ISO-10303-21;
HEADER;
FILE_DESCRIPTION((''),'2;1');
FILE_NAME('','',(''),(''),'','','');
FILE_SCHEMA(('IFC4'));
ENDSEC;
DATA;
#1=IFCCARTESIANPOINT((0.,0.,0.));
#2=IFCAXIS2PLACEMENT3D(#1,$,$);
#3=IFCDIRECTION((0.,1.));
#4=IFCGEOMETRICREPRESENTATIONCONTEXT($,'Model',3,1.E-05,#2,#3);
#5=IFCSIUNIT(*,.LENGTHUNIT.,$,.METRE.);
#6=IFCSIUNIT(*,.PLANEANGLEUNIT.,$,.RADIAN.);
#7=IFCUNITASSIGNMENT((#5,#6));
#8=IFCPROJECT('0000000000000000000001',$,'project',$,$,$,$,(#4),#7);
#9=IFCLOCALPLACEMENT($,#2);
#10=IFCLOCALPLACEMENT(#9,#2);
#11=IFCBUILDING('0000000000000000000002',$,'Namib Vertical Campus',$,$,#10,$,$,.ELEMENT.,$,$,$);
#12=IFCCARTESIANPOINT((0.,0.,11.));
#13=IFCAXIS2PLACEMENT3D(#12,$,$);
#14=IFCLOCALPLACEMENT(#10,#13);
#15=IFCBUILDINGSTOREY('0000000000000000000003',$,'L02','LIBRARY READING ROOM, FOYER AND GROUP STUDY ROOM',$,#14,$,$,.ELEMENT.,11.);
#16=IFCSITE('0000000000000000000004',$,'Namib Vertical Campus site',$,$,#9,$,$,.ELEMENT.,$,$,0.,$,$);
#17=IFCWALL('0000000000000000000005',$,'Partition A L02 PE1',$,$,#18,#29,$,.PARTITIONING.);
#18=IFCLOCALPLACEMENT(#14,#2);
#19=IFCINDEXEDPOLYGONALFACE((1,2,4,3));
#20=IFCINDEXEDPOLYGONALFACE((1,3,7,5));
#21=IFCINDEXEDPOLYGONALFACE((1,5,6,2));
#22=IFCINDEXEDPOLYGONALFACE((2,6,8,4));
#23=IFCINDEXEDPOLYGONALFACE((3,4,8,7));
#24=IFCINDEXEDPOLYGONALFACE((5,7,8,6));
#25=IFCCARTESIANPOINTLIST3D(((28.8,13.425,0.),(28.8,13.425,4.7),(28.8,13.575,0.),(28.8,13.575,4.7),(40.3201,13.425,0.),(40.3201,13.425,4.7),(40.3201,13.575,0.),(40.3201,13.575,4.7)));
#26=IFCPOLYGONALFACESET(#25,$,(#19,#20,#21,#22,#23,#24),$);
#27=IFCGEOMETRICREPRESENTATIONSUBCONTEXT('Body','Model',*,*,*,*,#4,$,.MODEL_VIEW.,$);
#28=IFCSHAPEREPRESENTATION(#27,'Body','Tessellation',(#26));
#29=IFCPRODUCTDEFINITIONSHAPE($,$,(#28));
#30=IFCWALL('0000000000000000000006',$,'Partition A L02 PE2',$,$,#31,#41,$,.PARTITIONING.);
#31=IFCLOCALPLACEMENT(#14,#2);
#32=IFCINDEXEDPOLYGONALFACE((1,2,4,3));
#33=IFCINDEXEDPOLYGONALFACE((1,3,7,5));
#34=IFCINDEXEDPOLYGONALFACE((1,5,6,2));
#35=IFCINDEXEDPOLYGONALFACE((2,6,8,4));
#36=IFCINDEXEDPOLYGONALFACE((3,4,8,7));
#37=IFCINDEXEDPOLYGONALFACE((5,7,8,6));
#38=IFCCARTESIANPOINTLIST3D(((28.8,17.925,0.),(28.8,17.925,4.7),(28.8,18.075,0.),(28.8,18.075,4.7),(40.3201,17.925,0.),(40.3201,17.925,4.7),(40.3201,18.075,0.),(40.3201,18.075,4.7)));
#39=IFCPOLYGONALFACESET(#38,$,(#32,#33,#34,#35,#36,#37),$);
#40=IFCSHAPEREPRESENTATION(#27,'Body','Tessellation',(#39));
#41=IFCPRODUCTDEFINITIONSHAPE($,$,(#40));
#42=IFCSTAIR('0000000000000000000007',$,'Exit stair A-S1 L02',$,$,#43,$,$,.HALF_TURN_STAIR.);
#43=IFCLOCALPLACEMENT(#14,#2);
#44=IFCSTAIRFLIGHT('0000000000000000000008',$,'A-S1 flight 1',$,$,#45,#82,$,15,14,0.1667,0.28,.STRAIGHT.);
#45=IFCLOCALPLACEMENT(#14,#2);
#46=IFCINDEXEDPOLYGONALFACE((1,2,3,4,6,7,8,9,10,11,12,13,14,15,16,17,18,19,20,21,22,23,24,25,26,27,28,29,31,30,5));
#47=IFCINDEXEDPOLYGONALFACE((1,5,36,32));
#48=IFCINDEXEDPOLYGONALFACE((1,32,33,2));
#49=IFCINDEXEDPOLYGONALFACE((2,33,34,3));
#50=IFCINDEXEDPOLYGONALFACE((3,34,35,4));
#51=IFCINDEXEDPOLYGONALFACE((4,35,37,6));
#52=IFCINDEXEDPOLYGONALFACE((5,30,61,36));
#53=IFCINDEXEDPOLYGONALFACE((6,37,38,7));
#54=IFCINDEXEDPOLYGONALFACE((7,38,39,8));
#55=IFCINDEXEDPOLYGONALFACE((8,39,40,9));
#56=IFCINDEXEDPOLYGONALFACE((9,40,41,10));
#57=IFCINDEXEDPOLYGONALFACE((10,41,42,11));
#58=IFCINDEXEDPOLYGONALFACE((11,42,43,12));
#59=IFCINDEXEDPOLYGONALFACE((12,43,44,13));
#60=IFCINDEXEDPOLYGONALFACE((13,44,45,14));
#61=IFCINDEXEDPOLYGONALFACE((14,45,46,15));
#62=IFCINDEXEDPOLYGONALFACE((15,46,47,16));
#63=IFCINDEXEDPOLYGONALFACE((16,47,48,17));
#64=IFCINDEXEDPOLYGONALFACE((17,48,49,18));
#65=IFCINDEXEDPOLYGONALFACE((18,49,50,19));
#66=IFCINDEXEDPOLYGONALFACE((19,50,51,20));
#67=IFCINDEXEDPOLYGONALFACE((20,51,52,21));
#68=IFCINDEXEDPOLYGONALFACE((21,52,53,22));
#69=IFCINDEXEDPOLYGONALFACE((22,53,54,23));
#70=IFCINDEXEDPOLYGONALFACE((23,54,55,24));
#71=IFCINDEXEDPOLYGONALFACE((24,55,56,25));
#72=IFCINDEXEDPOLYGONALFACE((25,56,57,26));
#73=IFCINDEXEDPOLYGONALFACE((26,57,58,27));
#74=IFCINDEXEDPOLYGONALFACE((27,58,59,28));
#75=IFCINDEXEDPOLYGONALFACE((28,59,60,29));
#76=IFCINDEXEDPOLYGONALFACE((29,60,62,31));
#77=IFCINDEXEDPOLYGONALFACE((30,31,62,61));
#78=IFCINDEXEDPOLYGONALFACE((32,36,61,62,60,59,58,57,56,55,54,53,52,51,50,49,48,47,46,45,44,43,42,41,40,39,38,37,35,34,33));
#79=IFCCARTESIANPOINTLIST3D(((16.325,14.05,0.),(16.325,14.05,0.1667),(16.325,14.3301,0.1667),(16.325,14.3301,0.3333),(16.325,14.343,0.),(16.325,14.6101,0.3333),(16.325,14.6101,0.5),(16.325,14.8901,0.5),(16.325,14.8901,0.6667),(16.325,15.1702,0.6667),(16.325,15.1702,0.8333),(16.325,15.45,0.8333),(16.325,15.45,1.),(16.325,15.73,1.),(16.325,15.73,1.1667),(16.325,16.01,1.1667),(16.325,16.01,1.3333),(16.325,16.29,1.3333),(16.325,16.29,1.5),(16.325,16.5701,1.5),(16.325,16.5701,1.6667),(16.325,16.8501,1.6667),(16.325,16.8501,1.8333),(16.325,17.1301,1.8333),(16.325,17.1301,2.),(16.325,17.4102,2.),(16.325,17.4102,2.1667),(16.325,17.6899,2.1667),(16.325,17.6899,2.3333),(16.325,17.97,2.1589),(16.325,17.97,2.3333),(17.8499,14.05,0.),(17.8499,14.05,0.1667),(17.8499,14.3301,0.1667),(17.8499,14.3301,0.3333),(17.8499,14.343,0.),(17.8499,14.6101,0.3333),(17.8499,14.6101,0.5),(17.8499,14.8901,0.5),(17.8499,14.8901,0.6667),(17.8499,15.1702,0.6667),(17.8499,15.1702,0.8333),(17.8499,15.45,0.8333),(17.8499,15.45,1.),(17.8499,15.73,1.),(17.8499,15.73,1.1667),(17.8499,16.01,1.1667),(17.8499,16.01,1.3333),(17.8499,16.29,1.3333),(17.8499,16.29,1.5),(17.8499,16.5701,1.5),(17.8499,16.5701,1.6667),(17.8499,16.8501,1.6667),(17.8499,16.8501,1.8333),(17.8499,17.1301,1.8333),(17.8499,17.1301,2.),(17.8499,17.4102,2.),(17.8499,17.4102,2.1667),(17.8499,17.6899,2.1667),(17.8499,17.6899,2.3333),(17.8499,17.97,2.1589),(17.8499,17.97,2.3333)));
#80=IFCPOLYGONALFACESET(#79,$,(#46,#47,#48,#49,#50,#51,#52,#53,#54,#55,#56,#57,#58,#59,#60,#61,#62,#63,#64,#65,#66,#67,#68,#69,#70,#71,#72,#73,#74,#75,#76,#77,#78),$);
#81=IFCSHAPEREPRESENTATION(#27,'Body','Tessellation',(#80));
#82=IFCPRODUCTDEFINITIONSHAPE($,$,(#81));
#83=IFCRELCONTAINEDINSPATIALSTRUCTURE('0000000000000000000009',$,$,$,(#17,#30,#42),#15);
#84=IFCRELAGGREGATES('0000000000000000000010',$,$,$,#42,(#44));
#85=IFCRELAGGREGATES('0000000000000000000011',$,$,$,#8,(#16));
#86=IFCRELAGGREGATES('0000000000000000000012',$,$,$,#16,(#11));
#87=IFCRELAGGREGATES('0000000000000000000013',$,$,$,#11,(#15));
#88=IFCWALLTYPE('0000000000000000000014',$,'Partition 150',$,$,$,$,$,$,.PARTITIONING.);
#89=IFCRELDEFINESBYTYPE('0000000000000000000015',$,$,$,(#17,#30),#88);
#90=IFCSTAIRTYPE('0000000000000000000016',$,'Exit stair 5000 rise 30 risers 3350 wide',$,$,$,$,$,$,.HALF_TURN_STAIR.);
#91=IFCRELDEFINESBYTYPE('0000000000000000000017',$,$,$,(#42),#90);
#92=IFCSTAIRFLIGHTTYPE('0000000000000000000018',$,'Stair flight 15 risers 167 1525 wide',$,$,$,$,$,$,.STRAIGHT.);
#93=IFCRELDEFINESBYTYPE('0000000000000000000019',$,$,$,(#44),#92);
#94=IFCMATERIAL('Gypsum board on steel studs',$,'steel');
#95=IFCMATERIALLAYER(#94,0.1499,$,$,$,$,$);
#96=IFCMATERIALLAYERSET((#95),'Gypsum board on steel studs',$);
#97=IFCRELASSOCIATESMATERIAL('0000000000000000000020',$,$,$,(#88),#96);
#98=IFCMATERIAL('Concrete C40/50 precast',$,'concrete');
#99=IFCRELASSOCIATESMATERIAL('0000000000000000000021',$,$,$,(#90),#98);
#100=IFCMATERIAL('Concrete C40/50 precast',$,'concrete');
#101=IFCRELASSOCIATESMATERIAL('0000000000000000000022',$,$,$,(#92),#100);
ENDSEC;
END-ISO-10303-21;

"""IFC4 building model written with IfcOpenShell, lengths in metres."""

from ifc_helpers import new_model, si_unit, direction, frame, frame_2d, origin, place, context, subcontext, project, spatial, polyline, rectangle, outline, extrude, material, layer, layer_set, type_object, element, aggregate, save


model = new_model("IFC4")

# Units and contexts
model_context = context("Model", 3, precision=1e-05, world=origin(), true_north=direction((0.0, 1.0)))
body_context = subcontext(model_context, "Body", "Model", "MODEL_VIEW")
ifc_project = project(units=[si_unit("LENGTHUNIT", "METRE"), si_unit("PLANEANGLEUNIT", "RADIAN")], contexts=[model_context])

# Site, building, storey
site_placement = place(None, origin())
site = spatial("IfcSite", under=ifc_project, at=site_placement, Name="Namib Vertical Campus site", CompositionType="ELEMENT", RefElevation=0.0)
building_placement = place(site_placement, origin())
building = spatial("IfcBuilding", under=site, at=building_placement, Name="Namib Vertical Campus", CompositionType="ELEMENT")
storey_placement = place(building_placement, frame((0.0, 0.0, 11.0)))
storey = spatial("IfcBuildingStorey", under=building, at=storey_placement, Name="L02", Description="LIBRARY READING ROOM, FOYER AND GROUP STUDY ROOM", CompositionType="ELEMENT", Elevation=11.0)

# Walls
ifc_material_1 = material(Name="Gypsum board on steel studs", Category="steel")
ifc_layer_1 = layer(ifc_material_1, 0.1499)
ifc_layer_set_1 = layer_set([ifc_layer_1], Name="Gypsum board on steel studs")
wall_type_1 = type_object("IfcWallType", Name="Partition 150", PredefinedType="PARTITIONING", material=ifc_layer_set_1)
for number, where, z_axis, x_axis, name in (
    (1, (28.8, 13.5, 0.0), (0.0, 0.0, 1.0), (1.0, 0.0, 0.0), "Partition A L02 PE1"),
    (2, (28.8, 18.0, 0.0), (0.0, 0.0, 1.0), (1.0, 0.0, 0.0), "Partition A L02 PE2"),
):
    element("IfcWall", number, at=place(storey_placement, frame(where, z_axis=z_axis, x_axis=x_axis)), inside=storey, type_object=wall_type_1, Name=name, PredefinedType="PARTITIONING", context=body_context, shape_type="SweptSolid", body=[
        extrude(rectangle(XDim=11.52, YDim=0.1499, at=frame_2d((5.76, 0.0))), origin(), (0.0, 0.0, 1.0), 4.7),
    ])

# Stair, stair flight
ifc_material_2 = material(Name="Concrete C40/50 precast", Category="concrete")
stair_type = type_object("IfcStairType", Name="Exit stair 5000 rise 30 risers 3350 wide", PredefinedType="HALF_TURN_STAIR", material=ifc_material_2)
stair_placement = place(storey_placement, origin())
stair = element("IfcStair", 3, at=stair_placement, inside=storey, type_object=stair_type, Name="Exit stair A-S1 L02", PredefinedType="HALF_TURN_STAIR")
ifc_material_3 = material(Name="Concrete C40/50 precast", Category="concrete")
stair_flight_type = type_object("IfcStairFlightType", Name="Stair flight 15 risers 167 1525 wide", PredefinedType="STRAIGHT", material=ifc_material_3)
stair_flight_placement = place(storey_placement, frame((17.0874, 14.05, 0.0), z_axis=(0.0, 0.0, 1.0), x_axis=(0.0, 1.0, 0.0)))
stair_flight = element("IfcStairFlight", 4, at=stair_flight_placement, type_object=stair_flight_type, Name="A-S1 flight 1", NumberOfRisers=15, NumberOfTreads=14, PredefinedType="STRAIGHT", RiserHeight=0.1667, TreadLength=0.28, context=body_context, shape_type="SweptSolid", body=[
    extrude(outline(polyline([(0.0, 0.0), (0.0, 0.1667), (0.28, 0.1667), (0.28, 0.3333), (0.5601, 0.3333), (0.5601, 0.5), (0.8401, 0.5), (0.8401, 0.6667), (1.1201, 0.6667), (1.1201, 0.8333), (1.3999, 0.8333), (1.3999, 1.0), (1.6799, 1.0), (1.6799, 1.1667), (1.96, 1.1667), (1.96, 1.3333), (2.24, 1.3333), (2.24, 1.5), (2.52, 1.5), (2.52, 1.6667), (2.8, 1.6667), (2.8, 1.8333), (3.0801, 1.8333), (3.0801, 2.0), (3.3601, 2.0), (3.3601, 2.1667), (3.6399, 2.1667), (3.6399, 2.3333), (3.9199, 2.3333), (3.9199, 2.5), (3.9199, 2.1589), (0.293, 0.0), (0.0, 0.0)])), frame((0.0, 0.7625, 0.0), z_axis=(0.0, -1.0, 0.0), x_axis=(1.0, 0.0, 0.0)), (0.0, 0.0, 1.0), 1.5249),
])
aggregate(stair, [stair_flight])

save(model, "model.ifc")
